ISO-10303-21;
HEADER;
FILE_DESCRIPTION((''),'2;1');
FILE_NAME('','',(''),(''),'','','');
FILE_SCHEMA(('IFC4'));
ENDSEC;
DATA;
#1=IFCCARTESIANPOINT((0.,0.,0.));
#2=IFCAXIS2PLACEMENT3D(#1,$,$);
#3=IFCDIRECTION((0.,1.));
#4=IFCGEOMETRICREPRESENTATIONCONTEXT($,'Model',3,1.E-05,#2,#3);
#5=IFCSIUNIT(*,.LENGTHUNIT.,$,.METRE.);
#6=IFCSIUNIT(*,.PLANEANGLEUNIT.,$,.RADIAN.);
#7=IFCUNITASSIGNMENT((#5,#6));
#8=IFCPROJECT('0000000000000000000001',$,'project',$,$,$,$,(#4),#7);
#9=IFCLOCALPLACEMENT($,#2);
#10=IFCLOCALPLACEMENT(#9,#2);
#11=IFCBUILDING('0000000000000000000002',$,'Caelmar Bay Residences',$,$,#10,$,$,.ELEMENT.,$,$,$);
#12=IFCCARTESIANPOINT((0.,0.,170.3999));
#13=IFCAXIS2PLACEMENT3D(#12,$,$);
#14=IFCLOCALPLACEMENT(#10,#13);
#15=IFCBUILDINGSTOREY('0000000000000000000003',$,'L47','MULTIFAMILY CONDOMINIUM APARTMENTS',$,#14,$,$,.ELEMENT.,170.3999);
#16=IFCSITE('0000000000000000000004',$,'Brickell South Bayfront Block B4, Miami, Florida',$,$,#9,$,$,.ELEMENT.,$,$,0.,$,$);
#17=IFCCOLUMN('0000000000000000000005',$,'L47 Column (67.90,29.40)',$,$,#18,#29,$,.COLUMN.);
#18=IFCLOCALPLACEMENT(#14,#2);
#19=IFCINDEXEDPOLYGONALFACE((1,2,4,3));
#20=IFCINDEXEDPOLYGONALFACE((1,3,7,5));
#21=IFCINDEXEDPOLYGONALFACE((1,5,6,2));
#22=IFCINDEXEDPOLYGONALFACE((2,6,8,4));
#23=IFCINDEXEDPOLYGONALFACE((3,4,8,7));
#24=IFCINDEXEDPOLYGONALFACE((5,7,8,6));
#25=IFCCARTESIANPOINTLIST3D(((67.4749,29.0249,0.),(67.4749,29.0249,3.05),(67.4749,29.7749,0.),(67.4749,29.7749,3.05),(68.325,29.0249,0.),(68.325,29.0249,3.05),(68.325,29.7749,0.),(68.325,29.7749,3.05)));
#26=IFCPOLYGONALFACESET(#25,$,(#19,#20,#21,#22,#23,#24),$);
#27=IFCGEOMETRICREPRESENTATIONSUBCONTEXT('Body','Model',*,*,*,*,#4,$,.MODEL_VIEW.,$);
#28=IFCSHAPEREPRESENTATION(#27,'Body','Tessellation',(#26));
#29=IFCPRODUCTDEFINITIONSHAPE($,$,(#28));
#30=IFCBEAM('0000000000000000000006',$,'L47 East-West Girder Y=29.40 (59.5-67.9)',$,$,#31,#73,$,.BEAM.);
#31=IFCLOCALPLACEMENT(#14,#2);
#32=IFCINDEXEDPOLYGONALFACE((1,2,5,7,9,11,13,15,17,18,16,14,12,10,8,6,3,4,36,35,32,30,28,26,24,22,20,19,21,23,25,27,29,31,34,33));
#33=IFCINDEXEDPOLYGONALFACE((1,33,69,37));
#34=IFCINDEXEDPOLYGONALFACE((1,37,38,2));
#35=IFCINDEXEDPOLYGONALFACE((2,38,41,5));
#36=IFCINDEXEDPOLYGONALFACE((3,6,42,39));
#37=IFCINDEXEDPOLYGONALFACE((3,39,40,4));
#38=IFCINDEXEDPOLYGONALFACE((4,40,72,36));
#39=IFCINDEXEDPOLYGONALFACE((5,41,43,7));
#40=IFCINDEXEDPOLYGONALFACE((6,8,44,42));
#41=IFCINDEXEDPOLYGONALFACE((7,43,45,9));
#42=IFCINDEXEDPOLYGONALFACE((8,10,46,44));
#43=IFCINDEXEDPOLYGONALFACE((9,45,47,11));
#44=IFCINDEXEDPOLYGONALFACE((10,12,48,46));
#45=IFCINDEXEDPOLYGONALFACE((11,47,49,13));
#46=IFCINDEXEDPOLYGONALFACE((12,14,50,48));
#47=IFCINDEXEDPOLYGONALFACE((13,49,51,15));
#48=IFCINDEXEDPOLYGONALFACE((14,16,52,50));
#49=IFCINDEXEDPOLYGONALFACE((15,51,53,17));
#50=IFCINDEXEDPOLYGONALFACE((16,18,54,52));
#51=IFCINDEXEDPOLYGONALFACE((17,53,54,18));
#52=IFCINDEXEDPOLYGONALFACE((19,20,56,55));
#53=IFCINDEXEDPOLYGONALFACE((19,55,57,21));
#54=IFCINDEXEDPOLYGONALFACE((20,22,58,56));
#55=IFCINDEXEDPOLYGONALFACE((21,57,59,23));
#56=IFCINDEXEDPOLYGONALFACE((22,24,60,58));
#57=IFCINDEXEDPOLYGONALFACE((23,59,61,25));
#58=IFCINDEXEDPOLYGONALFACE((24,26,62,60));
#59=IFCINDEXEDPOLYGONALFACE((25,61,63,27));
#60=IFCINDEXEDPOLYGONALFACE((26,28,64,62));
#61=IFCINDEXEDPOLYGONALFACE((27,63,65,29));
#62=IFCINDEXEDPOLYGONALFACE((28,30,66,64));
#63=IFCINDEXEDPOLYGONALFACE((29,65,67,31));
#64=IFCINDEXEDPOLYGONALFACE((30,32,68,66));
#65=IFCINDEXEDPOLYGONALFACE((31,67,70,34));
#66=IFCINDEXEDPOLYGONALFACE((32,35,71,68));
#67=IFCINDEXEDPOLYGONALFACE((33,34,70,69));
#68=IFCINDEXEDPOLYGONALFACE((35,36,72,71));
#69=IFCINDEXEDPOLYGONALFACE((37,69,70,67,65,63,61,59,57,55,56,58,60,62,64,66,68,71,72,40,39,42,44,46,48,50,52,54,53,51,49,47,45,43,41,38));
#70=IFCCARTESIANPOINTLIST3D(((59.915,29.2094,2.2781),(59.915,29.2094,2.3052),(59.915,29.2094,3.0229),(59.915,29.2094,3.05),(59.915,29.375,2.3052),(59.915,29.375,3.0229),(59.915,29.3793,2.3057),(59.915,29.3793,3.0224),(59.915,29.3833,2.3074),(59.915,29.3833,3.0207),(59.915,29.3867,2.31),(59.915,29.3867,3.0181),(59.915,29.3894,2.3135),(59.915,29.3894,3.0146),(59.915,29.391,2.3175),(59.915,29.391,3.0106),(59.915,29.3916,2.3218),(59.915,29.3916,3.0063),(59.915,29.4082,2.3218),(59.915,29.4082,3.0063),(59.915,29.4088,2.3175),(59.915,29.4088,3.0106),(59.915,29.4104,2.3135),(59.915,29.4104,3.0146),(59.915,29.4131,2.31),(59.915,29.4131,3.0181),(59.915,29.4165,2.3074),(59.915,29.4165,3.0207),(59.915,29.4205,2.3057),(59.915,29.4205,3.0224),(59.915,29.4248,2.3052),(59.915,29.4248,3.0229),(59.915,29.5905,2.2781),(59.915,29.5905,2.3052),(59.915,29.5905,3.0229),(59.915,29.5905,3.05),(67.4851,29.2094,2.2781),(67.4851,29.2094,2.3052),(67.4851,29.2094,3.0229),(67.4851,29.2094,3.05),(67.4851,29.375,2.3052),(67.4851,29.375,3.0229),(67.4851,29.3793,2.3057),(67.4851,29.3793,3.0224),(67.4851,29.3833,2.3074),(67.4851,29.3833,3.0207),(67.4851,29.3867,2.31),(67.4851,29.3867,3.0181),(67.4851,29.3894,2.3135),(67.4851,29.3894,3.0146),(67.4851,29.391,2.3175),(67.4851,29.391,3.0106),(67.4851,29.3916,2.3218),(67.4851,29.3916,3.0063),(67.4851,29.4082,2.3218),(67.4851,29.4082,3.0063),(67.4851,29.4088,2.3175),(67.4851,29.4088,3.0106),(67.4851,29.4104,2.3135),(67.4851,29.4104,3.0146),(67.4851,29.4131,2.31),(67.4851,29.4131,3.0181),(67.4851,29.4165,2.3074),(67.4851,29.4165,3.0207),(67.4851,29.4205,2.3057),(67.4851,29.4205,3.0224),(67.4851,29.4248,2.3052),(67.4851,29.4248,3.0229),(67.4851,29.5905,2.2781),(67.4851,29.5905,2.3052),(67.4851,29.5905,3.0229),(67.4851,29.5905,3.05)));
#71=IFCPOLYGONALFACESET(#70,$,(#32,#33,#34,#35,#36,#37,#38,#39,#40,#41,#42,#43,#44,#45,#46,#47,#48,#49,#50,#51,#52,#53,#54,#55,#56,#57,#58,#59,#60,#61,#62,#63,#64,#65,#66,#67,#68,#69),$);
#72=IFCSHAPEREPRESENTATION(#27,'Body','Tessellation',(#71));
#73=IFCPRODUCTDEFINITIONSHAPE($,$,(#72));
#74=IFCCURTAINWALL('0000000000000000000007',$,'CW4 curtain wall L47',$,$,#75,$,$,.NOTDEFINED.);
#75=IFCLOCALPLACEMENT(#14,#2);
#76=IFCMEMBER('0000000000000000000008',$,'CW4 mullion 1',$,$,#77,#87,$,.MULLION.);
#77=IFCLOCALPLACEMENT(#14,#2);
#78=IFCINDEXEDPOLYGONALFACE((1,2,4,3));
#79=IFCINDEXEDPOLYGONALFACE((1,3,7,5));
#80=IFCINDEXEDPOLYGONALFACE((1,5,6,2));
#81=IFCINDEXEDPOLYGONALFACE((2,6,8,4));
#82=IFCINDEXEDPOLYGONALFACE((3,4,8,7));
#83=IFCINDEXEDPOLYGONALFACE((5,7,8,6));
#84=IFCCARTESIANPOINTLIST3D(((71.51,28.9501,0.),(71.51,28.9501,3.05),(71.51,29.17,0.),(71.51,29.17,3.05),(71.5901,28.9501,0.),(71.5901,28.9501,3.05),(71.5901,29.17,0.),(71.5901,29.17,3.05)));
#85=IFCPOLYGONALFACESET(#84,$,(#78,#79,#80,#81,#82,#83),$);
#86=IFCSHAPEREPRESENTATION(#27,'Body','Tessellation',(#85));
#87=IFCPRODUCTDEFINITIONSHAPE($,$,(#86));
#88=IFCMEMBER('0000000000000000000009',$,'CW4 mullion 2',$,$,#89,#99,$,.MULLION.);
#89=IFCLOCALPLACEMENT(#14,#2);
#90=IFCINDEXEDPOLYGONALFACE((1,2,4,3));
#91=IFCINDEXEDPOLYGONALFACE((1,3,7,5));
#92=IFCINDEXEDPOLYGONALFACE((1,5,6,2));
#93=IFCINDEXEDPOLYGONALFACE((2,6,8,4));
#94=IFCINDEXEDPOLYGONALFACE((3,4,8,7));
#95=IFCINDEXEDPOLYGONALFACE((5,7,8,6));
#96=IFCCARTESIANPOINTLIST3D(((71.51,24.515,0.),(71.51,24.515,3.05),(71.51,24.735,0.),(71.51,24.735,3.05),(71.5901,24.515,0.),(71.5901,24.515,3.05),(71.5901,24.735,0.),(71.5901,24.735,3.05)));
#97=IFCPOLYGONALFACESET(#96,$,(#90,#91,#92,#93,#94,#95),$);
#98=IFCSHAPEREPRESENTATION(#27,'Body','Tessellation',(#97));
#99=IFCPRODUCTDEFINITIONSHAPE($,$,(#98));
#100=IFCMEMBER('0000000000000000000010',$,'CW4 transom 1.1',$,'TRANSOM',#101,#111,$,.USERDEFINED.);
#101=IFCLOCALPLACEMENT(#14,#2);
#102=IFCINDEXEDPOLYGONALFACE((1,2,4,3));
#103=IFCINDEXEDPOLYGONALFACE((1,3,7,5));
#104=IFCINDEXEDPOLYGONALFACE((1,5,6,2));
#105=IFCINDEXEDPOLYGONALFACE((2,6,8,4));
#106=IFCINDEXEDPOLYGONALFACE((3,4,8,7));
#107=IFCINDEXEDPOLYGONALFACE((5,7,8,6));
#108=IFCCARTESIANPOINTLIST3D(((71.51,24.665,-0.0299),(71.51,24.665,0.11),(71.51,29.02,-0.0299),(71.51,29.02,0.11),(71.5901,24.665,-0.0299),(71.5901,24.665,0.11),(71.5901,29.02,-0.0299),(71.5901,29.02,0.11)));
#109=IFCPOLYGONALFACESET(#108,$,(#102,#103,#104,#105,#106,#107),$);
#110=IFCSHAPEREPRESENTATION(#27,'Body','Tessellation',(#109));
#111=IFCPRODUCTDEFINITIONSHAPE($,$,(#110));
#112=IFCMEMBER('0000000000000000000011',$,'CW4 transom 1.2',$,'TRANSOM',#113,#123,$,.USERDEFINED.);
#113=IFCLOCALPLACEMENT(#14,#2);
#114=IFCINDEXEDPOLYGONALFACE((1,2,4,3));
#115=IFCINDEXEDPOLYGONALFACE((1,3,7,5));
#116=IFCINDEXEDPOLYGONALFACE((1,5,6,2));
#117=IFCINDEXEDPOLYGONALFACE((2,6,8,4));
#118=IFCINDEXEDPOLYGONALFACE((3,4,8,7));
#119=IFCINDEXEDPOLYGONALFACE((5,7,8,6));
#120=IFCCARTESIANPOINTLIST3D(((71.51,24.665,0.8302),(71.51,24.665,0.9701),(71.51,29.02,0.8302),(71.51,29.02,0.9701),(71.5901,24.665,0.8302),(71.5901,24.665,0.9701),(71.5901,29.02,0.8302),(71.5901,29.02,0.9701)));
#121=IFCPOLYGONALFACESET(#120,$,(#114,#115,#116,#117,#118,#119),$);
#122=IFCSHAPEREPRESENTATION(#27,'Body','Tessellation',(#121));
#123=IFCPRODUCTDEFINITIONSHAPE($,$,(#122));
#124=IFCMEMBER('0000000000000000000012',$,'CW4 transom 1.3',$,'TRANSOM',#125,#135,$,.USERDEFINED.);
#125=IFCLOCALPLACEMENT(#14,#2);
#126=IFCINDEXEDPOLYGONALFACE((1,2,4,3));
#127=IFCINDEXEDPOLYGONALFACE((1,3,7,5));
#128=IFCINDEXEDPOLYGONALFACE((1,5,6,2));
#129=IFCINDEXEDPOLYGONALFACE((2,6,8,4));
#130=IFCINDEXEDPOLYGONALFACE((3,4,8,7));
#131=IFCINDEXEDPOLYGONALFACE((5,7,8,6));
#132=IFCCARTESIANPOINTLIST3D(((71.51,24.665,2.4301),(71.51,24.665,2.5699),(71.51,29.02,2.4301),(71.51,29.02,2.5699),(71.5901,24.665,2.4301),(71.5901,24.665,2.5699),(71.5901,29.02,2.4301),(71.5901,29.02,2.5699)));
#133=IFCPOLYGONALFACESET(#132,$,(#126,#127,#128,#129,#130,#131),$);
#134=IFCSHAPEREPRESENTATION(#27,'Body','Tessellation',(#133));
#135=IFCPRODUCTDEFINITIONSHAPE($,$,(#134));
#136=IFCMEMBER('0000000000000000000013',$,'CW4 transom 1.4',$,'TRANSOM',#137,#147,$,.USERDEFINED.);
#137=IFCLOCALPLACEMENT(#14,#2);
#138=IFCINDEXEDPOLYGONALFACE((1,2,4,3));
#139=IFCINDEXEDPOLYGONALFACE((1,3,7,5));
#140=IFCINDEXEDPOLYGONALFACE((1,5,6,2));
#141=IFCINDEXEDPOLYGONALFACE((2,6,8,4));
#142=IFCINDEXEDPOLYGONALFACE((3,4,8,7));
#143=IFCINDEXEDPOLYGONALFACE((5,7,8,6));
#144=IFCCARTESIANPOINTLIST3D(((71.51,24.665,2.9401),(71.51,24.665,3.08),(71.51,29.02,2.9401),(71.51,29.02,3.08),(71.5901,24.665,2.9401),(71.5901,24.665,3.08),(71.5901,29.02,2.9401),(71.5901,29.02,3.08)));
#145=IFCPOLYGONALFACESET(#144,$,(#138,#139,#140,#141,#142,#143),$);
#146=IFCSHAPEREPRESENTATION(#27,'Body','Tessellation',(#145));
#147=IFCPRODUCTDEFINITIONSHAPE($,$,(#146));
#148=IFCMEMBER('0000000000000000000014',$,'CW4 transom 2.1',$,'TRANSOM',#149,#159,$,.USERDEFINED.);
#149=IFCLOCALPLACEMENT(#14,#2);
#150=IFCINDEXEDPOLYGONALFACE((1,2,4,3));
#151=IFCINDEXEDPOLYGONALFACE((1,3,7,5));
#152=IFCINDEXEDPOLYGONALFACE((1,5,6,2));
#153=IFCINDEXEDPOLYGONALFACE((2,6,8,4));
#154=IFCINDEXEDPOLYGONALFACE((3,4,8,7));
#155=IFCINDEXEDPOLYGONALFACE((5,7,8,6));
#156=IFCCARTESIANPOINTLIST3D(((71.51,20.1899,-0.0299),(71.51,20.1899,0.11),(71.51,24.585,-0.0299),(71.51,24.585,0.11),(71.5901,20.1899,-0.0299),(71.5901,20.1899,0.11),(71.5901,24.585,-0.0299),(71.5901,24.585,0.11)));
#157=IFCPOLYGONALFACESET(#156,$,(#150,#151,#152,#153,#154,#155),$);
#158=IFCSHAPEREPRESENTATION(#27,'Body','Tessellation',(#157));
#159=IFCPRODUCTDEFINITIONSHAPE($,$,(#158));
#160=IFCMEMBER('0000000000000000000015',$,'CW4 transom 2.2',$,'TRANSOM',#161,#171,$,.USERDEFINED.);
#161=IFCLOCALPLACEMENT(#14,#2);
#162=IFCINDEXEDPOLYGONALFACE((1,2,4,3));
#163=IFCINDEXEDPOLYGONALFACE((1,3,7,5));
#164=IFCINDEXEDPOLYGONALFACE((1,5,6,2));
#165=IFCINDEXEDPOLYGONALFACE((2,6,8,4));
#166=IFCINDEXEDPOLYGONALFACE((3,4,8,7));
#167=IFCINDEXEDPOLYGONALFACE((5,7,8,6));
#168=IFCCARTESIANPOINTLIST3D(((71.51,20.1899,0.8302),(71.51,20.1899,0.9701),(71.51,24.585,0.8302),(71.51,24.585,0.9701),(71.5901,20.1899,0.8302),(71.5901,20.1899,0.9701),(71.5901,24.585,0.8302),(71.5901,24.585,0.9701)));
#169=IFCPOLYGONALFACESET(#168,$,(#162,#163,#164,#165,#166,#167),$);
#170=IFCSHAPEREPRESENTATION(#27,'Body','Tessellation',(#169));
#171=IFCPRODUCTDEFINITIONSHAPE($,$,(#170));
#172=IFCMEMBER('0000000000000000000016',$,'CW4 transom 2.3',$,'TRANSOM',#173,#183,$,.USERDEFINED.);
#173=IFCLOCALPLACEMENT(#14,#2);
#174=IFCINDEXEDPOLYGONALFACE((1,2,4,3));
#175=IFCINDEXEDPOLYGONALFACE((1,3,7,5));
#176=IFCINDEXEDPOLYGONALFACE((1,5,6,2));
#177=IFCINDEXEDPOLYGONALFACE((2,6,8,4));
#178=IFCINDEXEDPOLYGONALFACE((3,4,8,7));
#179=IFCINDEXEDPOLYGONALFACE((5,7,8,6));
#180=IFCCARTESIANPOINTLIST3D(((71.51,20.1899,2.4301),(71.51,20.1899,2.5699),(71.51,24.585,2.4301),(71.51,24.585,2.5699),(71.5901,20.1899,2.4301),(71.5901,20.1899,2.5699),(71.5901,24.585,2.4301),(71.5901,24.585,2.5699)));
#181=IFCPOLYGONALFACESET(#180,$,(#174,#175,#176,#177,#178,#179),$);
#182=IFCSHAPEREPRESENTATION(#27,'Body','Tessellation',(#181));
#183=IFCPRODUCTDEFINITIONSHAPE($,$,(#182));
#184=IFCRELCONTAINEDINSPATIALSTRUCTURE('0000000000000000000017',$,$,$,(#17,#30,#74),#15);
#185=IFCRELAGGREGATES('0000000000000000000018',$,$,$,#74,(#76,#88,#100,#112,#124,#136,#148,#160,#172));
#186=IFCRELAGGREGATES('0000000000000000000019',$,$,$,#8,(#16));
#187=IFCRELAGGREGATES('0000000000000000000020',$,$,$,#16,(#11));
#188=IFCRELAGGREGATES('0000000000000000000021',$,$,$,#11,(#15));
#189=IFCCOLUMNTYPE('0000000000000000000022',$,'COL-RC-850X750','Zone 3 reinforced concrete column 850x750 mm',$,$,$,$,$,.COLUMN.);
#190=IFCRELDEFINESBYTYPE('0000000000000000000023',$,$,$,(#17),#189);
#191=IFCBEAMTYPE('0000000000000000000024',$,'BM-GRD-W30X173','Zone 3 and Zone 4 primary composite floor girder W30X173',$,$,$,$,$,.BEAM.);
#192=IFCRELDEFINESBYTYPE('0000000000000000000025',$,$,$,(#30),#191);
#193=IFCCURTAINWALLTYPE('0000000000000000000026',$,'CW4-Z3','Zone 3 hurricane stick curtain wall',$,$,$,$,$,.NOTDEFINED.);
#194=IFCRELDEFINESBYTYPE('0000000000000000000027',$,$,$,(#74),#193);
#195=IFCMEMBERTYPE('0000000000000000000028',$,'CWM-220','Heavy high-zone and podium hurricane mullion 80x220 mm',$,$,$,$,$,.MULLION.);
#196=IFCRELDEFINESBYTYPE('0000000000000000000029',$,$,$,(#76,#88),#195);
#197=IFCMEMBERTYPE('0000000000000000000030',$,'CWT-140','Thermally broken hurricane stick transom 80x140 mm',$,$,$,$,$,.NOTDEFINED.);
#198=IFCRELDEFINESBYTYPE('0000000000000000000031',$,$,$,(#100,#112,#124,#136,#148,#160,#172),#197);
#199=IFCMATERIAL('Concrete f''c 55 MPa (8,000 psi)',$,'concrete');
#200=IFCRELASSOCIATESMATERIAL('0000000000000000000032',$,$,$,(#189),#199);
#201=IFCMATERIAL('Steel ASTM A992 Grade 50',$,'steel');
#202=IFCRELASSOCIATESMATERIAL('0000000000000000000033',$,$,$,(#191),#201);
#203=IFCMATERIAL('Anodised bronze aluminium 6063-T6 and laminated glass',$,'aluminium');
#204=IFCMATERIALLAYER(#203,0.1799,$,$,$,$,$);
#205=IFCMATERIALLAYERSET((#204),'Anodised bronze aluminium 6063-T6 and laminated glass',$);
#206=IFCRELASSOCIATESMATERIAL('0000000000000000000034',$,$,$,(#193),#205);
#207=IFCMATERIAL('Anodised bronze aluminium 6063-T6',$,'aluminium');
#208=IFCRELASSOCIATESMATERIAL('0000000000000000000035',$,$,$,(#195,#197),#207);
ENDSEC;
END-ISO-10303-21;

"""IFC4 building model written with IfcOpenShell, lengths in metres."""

from ifc_helpers import new_model, si_unit, direction, frame, origin, origin_2d, place, context, subcontext, project, spatial, rectangle, i_section, extrude, material, layer, layer_set, material_profile, profile_set, type_object, element, aggregate, save


model = new_model("IFC4")

# Units and contexts
model_context = context("Model", 3, precision=1e-05, world=origin(), true_north=direction((0.0, 1.0)))
body_context = subcontext(model_context, "Body", "Model", "MODEL_VIEW")
ifc_project = project(units=[si_unit("LENGTHUNIT", "METRE"), si_unit("PLANEANGLEUNIT", "RADIAN")], contexts=[model_context])

# Site, building, storey
site_placement = place(None, origin())
site = spatial("IfcSite", under=ifc_project, at=site_placement, Name="Brickell South Bayfront Block B4, Miami, Florida", CompositionType="ELEMENT", RefElevation=0.0)
building_placement = place(site_placement, origin())
building = spatial("IfcBuilding", under=site, at=building_placement, Name="Caelmar Bay Residences", CompositionType="ELEMENT")
storey_placement = place(building_placement, frame((0.0, 0.0, 170.3999)))
storey = spatial("IfcBuildingStorey", under=building, at=storey_placement, Name="L47", Description="MULTIFAMILY CONDOMINIUM APARTMENTS", CompositionType="ELEMENT", Elevation=170.3999)

# Column
ifc_material_1 = material(Name="Concrete f'c 55 MPa (8,000 psi)", Category="concrete")
ifc_material_profile_1 = material_profile(ifc_material_1, rectangle(XDim=0.8501, YDim=0.75, at=origin_2d()), Name="RC-COL-850X750")
ifc_profile_set_1 = profile_set([ifc_material_profile_1], Name="Concrete f'c 55 MPa (8,000 psi)")
column_type = type_object("IfcColumnType", Name="COL-RC-850X750", Description="Zone 3 reinforced concrete column 850x750 mm", PredefinedType="COLUMN", material=ifc_profile_set_1)
column_placement = place(storey_placement, frame((67.8999, 29.3999, 0.0), z_axis=(0.0, 0.0, 1.0), x_axis=(1.0, 0.0, 0.0)))
element("IfcColumn", 1, at=column_placement, inside=storey, type_object=column_type, Name="L47 Column (67.90,29.40)", PredefinedType="COLUMN", context=body_context, shape_type="SweptSolid", body=[
    extrude(rectangle(XDim=0.8501, YDim=0.75, at=origin_2d()), origin(), (0.0, 0.0, 1.0), 3.05),
])

# Beam
ifc_material_2 = material(Name="Steel ASTM A992 Grade 50", Category="steel")
ifc_material_profile_2 = material_profile(ifc_material_2, i_section(OverallWidth=0.3811, OverallDepth=0.772, WebThickness=0.0166, FlangeThickness=0.0271, FilletRadius=0.0166, at=origin_2d()), Name="W30X173")
ifc_profile_set_2 = profile_set([ifc_material_profile_2], Name="Steel ASTM A992 Grade 50")
beam_type = type_object("IfcBeamType", Name="BM-GRD-W30X173", Description="Zone 3 and Zone 4 primary composite floor girder W30X173", PredefinedType="BEAM", material=ifc_profile_set_2)
beam_placement = place(storey_placement, frame((59.915, 29.3999, 2.6641), z_axis=(1.0, 0.0, 0.0), x_axis=(0.0, 1.0, 0.0)))
element("IfcBeam", 2, at=beam_placement, inside=storey, type_object=beam_type, Name="L47 East-West Girder Y=29.40 (59.5-67.9)", PredefinedType="BEAM", context=body_context, shape_type="SweptSolid", body=[
    extrude(i_section(OverallWidth=0.3811, OverallDepth=0.772, WebThickness=0.0166, FlangeThickness=0.0271, FilletRadius=0.0166, at=origin_2d()), origin(), (0.0, 0.0, 1.0), 7.5701),
])

# Curtain wall, members
ifc_material_3 = material(Name="Anodised bronze aluminium 6063-T6 and laminated glass", Category="aluminium")
ifc_layer_1 = layer(ifc_material_3, 0.1799)
ifc_layer_set_1 = layer_set([ifc_layer_1], Name="Anodised bronze aluminium 6063-T6 and laminated glass")
curtain_wall_type = type_object("IfcCurtainWallType", Name="CW4-Z3", Description="Zone 3 hurricane stick curtain wall", PredefinedType="NOTDEFINED", material=ifc_layer_set_1)
curtain_wall_placement = place(storey_placement, origin())
curtain_wall = element("IfcCurtainWall", 3, at=curtain_wall_placement, inside=storey, type_object=curtain_wall_type, Name="CW4 curtain wall L47", PredefinedType="NOTDEFINED")
ifc_material_4 = material(Name="Anodised bronze aluminium 6063-T6", Category="aluminium")
ifc_material_profile_3 = material_profile(ifc_material_4, rectangle(XDim=0.0801, YDim=0.22, at=origin_2d()), Name="CWM-80X220")
ifc_profile_set_3 = profile_set([ifc_material_profile_3], Name="Anodised bronze aluminium 6063-T6")
member_type_1 = type_object("IfcMemberType", Name="CWM-220", Description="Heavy high-zone and podium hurricane mullion 80x220 mm", PredefinedType="MULLION", material=ifc_profile_set_3)
member_1_placement = place(storey_placement, frame((71.55, 29.0601, 0.0), z_axis=(0.0, 0.0, 1.0), x_axis=(1.0, 0.0, 0.0)))
member_1 = element("IfcMember", 4, at=member_1_placement, type_object=member_type_1, Name="CW4 mullion 1", PredefinedType="MULLION", context=body_context, shape_type="SweptSolid", body=[
    extrude(rectangle(XDim=0.0801, YDim=0.22, at=origin_2d()), origin(), (0.0, 0.0, 1.0), 3.05),
])
member_2_placement = place(storey_placement, frame((71.55, 24.625, 0.0), z_axis=(0.0, 0.0, 1.0), x_axis=(1.0, 0.0, 0.0)))
member_2 = element("IfcMember", 5, at=member_2_placement, type_object=member_type_1, Name="CW4 mullion 2", PredefinedType="MULLION", context=body_context, shape_type="SweptSolid", body=[
    extrude(rectangle(XDim=0.0801, YDim=0.22, at=origin_2d()), origin(), (0.0, 0.0, 1.0), 3.05),
])
ifc_material_profile_4 = material_profile(ifc_material_4, rectangle(XDim=0.0801, YDim=0.1399, at=origin_2d()), Name="CWT-80X140")
ifc_profile_set_4 = profile_set([ifc_material_profile_4], Name="Anodised bronze aluminium 6063-T6")
member_type_2 = type_object("IfcMemberType", Name="CWT-140", Description="Thermally broken hurricane stick transom 80x140 mm", PredefinedType="NOTDEFINED", material=ifc_profile_set_4)
member_3_placement = place(storey_placement, frame((71.55, 29.02, 0.04), z_axis=(0.0, -1.0, 0.0), x_axis=(1.0, 0.0, 0.0)))
member_3 = element("IfcMember", 6, at=member_3_placement, type_object=member_type_2, Name="CW4 transom 1.1", ObjectType="TRANSOM", PredefinedType="USERDEFINED", context=body_context, shape_type="SweptSolid", body=[
    extrude(rectangle(XDim=0.0801, YDim=0.1399, at=origin_2d()), origin(), (0.0, 0.0, 1.0), 4.355),
])
member_4_placement = place(storey_placement, frame((71.55, 29.02, 0.9001), z_axis=(0.0, -1.0, 0.0), x_axis=(1.0, 0.0, 0.0)))
member_4 = element("IfcMember", 7, at=member_4_placement, type_object=member_type_2, Name="CW4 transom 1.2", ObjectType="TRANSOM", PredefinedType="USERDEFINED", context=body_context, shape_type="SweptSolid", body=[
    extrude(rectangle(XDim=0.0801, YDim=0.1399, at=origin_2d()), origin(), (0.0, 0.0, 1.0), 4.355),
])
member_5_placement = place(storey_placement, frame((71.55, 29.02, 2.5), z_axis=(0.0, -1.0, 0.0), x_axis=(1.0, 0.0, 0.0)))
member_5 = element("IfcMember", 8, at=member_5_placement, type_object=member_type_2, Name="CW4 transom 1.3", ObjectType="TRANSOM", PredefinedType="USERDEFINED", context=body_context, shape_type="SweptSolid", body=[
    extrude(rectangle(XDim=0.0801, YDim=0.1399, at=origin_2d()), origin(), (0.0, 0.0, 1.0), 4.355),
])
member_6_placement = place(storey_placement, frame((71.55, 29.02, 3.01), z_axis=(0.0, -1.0, 0.0), x_axis=(1.0, 0.0, 0.0)))
member_6 = element("IfcMember", 9, at=member_6_placement, type_object=member_type_2, Name="CW4 transom 1.4", ObjectType="TRANSOM", PredefinedType="USERDEFINED", context=body_context, shape_type="SweptSolid", body=[
    extrude(rectangle(XDim=0.0801, YDim=0.1399, at=origin_2d()), origin(), (0.0, 0.0, 1.0), 4.355),
])
member_7_placement = place(storey_placement, frame((71.55, 24.585, 0.04), z_axis=(0.0, -1.0, 0.0), x_axis=(1.0, 0.0, 0.0)))
member_7 = element("IfcMember", 10, at=member_7_placement, type_object=member_type_2, Name="CW4 transom 2.1", ObjectType="TRANSOM", PredefinedType="USERDEFINED", context=body_context, shape_type="SweptSolid", body=[
    extrude(rectangle(XDim=0.0801, YDim=0.1399, at=origin_2d()), origin(), (0.0, 0.0, 1.0), 4.395),
])
member_8_placement = place(storey_placement, frame((71.55, 24.585, 0.9001), z_axis=(0.0, -1.0, 0.0), x_axis=(1.0, 0.0, 0.0)))
member_8 = element("IfcMember", 11, at=member_8_placement, type_object=member_type_2, Name="CW4 transom 2.2", ObjectType="TRANSOM", PredefinedType="USERDEFINED", context=body_context, shape_type="SweptSolid", body=[
    extrude(rectangle(XDim=0.0801, YDim=0.1399, at=origin_2d()), origin(), (0.0, 0.0, 1.0), 4.395),
])
member_9_placement = place(storey_placement, frame((71.55, 24.585, 2.5), z_axis=(0.0, -1.0, 0.0), x_axis=(1.0, 0.0, 0.0)))
member_9 = element("IfcMember", 12, at=member_9_placement, type_object=member_type_2, Name="CW4 transom 2.3", ObjectType="TRANSOM", PredefinedType="USERDEFINED", context=body_context, shape_type="SweptSolid", body=[
    extrude(rectangle(XDim=0.0801, YDim=0.1399, at=origin_2d()), origin(), (0.0, 0.0, 1.0), 4.395),
])
aggregate(curtain_wall, [member_1, member_2, member_3, member_4, member_5, member_6, member_7, member_8, member_9])

save(model, "model.ifc")
